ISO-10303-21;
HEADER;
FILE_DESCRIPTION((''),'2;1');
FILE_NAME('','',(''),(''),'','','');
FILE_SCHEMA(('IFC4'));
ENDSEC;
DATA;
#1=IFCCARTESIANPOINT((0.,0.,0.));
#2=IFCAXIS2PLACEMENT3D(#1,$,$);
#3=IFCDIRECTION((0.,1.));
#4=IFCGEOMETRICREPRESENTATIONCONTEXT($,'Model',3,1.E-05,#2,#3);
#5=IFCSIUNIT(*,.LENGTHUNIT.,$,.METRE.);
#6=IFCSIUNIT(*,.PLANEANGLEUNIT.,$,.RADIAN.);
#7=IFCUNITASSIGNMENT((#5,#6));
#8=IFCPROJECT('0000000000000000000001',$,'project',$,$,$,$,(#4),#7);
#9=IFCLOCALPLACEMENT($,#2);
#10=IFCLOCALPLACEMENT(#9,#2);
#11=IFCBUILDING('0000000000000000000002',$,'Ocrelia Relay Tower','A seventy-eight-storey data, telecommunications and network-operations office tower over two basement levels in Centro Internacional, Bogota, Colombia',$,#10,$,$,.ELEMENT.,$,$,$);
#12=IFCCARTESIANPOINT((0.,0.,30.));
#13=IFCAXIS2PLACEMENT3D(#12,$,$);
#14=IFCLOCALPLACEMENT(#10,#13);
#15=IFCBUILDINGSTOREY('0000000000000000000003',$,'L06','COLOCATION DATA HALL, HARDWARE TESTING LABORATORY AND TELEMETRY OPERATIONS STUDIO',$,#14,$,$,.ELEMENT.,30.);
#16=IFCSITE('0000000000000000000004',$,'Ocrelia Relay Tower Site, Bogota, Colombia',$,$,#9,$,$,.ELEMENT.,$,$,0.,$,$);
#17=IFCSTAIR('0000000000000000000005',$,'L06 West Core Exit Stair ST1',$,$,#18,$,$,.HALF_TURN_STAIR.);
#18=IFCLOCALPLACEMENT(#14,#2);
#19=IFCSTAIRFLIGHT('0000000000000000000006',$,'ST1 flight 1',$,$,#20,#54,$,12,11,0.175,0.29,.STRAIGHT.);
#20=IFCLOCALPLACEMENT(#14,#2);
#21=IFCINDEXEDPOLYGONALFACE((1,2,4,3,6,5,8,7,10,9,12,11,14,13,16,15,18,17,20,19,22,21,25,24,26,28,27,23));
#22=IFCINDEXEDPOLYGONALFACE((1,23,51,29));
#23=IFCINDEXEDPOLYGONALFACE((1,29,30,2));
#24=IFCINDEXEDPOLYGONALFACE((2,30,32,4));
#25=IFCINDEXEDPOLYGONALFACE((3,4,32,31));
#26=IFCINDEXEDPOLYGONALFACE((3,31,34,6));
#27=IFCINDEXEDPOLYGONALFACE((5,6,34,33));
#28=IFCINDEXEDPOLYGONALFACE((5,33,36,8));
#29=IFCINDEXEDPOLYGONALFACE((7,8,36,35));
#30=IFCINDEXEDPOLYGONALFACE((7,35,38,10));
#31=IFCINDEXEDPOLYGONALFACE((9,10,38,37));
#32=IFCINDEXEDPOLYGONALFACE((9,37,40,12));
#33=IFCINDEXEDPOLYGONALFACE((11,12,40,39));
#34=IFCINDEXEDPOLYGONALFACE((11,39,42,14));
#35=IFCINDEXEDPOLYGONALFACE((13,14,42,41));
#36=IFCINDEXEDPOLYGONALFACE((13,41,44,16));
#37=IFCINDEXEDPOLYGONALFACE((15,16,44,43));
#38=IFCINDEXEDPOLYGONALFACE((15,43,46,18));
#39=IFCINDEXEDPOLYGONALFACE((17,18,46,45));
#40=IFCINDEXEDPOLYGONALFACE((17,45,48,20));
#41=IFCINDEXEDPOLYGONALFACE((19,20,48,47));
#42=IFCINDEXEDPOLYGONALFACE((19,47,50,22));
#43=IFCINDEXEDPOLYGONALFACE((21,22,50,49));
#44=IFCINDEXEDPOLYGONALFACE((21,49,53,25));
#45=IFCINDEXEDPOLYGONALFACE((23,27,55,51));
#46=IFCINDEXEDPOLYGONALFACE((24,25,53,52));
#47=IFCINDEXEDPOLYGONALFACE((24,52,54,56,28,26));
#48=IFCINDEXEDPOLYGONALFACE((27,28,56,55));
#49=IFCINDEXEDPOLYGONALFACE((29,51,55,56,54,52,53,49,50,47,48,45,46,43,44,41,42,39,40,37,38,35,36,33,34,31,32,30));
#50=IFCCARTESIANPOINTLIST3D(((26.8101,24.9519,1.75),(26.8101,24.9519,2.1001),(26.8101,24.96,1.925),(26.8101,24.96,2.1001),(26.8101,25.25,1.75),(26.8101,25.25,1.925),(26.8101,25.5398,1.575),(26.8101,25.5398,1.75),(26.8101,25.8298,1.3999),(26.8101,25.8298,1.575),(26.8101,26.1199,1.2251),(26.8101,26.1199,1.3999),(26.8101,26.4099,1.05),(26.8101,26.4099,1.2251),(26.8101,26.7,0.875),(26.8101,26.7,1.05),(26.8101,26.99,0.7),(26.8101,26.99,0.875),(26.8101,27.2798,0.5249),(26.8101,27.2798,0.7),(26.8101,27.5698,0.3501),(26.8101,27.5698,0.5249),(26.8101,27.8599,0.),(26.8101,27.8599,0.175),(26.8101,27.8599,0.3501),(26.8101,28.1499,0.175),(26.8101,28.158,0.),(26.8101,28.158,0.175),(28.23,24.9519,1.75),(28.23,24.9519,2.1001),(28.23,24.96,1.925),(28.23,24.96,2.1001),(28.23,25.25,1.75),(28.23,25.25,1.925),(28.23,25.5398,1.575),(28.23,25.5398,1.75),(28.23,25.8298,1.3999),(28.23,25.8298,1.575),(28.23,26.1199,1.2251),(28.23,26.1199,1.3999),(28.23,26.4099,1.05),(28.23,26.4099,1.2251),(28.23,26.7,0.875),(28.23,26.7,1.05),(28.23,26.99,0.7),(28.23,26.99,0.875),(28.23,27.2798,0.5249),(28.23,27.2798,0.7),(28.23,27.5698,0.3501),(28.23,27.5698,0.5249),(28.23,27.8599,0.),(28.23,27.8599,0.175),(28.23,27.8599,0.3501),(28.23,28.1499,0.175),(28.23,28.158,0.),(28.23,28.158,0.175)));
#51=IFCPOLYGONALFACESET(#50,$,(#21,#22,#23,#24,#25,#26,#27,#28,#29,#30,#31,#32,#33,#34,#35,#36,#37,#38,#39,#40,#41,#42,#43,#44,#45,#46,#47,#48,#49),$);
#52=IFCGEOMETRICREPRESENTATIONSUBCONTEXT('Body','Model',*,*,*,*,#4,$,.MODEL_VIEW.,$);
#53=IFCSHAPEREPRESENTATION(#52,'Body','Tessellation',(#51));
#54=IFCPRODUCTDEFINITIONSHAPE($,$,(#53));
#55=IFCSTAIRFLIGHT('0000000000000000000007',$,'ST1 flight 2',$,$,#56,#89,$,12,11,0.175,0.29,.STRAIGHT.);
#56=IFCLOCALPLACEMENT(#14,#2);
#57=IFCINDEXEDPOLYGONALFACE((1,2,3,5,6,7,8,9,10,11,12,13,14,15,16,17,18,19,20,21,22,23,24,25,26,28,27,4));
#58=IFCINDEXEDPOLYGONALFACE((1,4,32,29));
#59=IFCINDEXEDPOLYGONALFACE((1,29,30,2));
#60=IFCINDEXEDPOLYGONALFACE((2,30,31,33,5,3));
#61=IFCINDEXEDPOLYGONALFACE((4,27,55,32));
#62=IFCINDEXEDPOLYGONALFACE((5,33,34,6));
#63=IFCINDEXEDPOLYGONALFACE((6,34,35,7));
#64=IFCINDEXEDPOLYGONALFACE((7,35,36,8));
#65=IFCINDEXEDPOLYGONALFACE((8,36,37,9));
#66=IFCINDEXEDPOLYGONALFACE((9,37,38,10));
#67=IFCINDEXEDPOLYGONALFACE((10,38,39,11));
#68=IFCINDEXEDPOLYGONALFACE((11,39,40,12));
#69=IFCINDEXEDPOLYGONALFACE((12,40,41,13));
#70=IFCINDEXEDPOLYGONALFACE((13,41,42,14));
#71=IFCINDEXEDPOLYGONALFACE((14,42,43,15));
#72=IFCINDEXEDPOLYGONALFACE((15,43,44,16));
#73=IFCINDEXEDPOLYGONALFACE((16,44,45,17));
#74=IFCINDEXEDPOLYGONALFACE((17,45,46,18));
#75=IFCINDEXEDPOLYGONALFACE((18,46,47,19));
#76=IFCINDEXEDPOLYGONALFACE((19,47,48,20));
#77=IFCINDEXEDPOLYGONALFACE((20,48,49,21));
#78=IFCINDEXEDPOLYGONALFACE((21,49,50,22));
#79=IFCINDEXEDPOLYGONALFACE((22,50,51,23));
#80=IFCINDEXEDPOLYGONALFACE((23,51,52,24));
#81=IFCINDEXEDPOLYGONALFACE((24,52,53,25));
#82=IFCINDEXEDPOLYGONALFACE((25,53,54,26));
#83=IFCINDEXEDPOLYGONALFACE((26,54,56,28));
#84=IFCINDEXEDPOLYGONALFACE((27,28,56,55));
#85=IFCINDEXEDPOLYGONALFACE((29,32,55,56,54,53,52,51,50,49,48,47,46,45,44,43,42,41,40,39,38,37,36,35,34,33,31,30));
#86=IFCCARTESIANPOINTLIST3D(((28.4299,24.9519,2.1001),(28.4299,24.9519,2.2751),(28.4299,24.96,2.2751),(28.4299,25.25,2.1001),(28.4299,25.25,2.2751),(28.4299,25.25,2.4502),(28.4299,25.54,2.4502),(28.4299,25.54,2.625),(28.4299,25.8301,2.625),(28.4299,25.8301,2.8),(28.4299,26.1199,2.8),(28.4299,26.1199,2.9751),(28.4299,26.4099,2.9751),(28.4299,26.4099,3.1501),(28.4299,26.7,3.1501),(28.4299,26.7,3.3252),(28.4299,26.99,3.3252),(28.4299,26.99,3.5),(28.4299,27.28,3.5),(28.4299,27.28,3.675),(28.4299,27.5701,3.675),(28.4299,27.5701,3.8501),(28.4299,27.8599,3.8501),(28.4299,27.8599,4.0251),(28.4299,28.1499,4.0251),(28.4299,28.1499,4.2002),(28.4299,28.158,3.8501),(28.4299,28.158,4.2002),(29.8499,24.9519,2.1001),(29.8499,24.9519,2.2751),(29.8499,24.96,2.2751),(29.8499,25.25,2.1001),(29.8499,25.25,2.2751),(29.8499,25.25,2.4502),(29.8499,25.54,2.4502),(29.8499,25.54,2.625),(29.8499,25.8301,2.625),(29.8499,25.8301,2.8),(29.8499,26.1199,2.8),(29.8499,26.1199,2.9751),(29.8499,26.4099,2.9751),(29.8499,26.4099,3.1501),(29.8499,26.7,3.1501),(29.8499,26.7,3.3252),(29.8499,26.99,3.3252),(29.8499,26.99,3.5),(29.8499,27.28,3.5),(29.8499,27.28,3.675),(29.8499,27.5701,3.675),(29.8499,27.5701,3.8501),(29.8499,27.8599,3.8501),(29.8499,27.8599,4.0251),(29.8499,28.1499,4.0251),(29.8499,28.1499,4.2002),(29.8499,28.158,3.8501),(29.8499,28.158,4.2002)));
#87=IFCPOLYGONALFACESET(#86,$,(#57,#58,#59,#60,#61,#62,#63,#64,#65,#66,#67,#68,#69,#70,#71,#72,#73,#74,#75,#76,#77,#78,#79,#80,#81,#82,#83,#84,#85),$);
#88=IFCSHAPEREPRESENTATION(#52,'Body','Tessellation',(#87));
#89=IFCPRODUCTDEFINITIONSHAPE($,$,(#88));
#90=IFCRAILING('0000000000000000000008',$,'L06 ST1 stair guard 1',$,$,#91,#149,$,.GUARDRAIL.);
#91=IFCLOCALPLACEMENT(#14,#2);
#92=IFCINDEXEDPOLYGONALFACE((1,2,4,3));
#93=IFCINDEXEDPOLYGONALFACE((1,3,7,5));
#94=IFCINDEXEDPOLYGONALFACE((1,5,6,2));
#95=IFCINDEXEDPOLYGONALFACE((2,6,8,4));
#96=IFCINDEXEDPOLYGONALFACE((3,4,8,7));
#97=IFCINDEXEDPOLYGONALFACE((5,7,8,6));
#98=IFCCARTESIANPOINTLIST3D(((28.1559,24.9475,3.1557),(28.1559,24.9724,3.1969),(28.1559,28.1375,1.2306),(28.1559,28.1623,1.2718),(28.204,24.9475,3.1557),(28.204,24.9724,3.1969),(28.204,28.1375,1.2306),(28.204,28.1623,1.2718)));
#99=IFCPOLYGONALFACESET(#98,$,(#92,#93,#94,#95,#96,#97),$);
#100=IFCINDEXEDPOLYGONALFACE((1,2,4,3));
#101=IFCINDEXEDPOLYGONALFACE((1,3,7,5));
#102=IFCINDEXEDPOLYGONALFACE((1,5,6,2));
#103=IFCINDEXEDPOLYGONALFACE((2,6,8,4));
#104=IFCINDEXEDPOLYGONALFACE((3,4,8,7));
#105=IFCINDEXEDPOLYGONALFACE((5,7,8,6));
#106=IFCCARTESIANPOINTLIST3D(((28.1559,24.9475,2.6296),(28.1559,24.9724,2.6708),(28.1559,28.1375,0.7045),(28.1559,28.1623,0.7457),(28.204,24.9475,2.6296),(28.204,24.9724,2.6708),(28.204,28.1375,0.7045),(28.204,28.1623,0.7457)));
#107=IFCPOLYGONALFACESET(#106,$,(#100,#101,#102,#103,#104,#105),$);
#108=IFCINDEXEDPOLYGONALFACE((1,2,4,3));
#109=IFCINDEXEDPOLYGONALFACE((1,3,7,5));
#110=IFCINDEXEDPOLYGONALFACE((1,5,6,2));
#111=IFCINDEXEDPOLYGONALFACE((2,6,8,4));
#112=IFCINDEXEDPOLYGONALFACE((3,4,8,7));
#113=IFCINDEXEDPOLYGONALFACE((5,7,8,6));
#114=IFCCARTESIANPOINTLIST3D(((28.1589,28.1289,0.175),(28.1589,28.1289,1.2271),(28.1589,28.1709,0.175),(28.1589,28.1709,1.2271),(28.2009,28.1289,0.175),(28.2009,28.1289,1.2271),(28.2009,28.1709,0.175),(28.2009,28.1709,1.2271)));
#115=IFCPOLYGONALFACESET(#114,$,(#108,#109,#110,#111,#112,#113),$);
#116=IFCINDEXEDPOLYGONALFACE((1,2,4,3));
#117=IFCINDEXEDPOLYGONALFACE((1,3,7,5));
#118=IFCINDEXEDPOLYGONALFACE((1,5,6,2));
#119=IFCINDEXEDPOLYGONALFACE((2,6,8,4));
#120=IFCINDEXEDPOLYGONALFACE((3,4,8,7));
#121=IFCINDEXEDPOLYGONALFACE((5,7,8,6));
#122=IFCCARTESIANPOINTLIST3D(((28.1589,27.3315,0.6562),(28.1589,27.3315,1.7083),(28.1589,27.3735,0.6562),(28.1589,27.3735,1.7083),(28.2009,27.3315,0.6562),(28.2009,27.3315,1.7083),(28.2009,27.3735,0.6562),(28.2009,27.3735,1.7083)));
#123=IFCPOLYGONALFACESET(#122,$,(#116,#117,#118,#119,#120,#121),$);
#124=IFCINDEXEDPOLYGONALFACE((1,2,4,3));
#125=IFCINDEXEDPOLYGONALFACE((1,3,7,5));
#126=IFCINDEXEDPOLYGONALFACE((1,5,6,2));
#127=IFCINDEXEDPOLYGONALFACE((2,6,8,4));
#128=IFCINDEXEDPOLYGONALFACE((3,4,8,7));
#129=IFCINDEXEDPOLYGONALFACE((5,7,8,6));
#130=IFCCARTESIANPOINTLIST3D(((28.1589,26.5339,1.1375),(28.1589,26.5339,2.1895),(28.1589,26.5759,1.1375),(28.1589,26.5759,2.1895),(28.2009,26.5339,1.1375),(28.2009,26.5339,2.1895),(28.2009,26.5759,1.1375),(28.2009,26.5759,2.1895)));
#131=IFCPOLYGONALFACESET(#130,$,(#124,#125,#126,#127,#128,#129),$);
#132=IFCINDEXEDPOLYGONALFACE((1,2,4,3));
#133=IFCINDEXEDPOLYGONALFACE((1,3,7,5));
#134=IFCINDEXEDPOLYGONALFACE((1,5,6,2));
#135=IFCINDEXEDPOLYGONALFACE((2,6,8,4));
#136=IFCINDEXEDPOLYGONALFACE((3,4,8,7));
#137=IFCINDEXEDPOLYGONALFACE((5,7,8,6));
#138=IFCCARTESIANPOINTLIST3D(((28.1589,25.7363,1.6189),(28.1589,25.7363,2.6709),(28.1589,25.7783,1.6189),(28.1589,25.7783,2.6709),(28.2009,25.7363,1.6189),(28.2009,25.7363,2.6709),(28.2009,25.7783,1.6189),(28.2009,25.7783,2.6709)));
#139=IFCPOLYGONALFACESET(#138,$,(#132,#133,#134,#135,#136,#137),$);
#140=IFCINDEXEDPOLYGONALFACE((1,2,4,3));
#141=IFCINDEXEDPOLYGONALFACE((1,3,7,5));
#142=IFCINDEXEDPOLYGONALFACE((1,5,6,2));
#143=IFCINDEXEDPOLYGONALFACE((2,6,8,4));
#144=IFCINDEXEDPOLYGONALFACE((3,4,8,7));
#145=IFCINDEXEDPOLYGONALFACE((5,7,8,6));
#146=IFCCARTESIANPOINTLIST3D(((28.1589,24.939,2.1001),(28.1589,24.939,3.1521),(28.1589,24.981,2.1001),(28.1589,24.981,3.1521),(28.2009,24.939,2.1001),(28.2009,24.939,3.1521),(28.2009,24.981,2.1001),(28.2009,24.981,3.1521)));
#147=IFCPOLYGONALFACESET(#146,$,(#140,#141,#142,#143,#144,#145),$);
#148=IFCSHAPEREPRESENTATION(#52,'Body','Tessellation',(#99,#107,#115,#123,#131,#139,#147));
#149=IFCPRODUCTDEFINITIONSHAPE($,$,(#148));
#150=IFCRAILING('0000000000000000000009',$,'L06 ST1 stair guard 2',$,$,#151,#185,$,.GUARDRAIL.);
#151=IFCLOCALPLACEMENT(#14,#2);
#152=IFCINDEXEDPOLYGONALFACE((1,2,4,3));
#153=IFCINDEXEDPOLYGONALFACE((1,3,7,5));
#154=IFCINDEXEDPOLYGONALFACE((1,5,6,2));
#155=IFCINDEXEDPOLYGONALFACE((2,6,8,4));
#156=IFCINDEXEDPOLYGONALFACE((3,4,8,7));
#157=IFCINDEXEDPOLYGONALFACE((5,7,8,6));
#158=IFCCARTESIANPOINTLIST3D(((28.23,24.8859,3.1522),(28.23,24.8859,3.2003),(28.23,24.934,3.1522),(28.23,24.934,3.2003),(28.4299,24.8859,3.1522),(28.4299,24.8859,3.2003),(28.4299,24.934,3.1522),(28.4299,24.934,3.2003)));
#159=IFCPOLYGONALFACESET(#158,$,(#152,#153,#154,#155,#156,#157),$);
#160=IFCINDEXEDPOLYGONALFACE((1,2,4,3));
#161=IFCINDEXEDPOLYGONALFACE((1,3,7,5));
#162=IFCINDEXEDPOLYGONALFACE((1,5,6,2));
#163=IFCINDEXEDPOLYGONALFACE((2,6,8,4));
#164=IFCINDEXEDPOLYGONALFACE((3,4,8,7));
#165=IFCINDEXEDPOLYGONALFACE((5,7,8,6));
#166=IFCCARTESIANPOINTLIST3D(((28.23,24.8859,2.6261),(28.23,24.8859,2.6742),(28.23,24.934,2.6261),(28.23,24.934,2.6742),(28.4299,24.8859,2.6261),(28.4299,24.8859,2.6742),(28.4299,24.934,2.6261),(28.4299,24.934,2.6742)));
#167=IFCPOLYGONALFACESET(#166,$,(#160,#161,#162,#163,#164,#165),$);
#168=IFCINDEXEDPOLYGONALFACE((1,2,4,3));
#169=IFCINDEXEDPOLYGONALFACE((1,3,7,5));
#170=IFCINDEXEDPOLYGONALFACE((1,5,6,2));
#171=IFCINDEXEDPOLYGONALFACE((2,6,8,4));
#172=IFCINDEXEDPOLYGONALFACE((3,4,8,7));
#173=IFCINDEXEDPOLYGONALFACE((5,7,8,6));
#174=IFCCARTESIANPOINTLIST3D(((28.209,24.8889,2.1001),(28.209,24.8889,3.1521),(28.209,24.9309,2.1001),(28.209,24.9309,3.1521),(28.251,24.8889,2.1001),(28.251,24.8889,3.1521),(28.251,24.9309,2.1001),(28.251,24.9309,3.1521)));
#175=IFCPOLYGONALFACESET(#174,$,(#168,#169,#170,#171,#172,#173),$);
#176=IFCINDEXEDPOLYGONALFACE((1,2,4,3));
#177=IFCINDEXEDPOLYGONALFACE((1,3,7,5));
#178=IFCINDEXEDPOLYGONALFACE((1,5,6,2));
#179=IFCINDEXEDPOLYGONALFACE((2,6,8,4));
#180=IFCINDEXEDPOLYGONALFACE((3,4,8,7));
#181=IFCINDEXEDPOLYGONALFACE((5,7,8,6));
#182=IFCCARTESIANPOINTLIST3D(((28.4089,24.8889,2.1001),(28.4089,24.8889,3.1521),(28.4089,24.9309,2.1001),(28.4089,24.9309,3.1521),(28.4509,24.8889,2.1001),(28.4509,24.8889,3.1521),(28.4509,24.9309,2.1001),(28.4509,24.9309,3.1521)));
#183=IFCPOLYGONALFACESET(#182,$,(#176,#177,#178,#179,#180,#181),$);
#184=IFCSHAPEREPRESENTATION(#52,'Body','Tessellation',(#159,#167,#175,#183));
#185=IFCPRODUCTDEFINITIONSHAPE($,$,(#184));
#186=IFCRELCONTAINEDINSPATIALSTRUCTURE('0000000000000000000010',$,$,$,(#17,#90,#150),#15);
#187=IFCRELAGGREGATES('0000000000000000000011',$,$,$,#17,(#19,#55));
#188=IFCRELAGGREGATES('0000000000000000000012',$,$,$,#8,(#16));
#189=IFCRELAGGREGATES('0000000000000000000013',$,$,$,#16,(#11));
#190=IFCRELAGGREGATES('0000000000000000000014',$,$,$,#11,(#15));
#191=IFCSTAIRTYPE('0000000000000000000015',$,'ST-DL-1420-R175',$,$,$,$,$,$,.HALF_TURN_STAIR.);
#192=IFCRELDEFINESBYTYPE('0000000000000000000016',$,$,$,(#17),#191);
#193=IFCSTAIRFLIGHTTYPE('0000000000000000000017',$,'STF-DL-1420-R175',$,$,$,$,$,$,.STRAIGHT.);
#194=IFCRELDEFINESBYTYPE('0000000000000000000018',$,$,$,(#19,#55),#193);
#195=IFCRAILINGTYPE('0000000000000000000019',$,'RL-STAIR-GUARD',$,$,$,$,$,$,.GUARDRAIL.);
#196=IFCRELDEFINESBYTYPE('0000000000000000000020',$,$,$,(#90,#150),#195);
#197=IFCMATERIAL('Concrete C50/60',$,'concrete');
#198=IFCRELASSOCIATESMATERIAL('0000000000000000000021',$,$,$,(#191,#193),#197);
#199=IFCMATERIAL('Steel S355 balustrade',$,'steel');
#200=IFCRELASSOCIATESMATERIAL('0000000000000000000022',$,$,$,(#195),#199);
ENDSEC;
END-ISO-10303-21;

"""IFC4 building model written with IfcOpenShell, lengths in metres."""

from ifc_helpers import new_model, si_unit, direction, frame, origin, origin_2d, place, context, subcontext, project, spatial, polyline, rectangle, outline, extrude, material, type_object, element, aggregate, save


model = new_model("IFC4")

# Units and contexts
model_context = context("Model", 3, precision=1e-05, world=origin(), true_north=direction((0.0, 1.0)))
body_context = subcontext(model_context, "Body", "Model", "MODEL_VIEW")
ifc_project = project(units=[si_unit("LENGTHUNIT", "METRE"), si_unit("PLANEANGLEUNIT", "RADIAN")], contexts=[model_context])

# Site, building, storey
site_placement = place(None, origin())
site = spatial("IfcSite", under=ifc_project, at=site_placement, Name="Ocrelia Relay Tower Site, Bogota, Colombia", CompositionType="ELEMENT", RefElevation=0.0)
building_placement = place(site_placement, origin())
building = spatial("IfcBuilding", under=site, at=building_placement, Name="Ocrelia Relay Tower", Description="A seventy-eight-storey data, telecommunications and network-operations office tower over two basement levels in Centro Internacional, Bogota, Colombia", CompositionType="ELEMENT")
storey_placement = place(building_placement, frame((0.0, 0.0, 30.0)))
storey = spatial("IfcBuildingStorey", under=building, at=storey_placement, Name="L06", Description="COLOCATION DATA HALL, HARDWARE TESTING LABORATORY AND TELEMETRY OPERATIONS STUDIO", CompositionType="ELEMENT", Elevation=30.0)

# Shared definitions
ifc_material_1 = material(Name="Concrete C50/60", Category="concrete")

# Stair, stair flights
stair_type = type_object("IfcStairType", Name="ST-DL-1420-R175", PredefinedType="HALF_TURN_STAIR", material=ifc_material_1)
stair_placement = place(storey_placement, origin())
stair = element("IfcStair", 1, at=stair_placement, inside=storey, type_object=stair_type, Name="L06 West Core Exit Stair ST1", PredefinedType="HALF_TURN_STAIR")
stair_flight_type = type_object("IfcStairFlightType", Name="STF-DL-1420-R175", PredefinedType="STRAIGHT", material=ifc_material_1)
stair_flight_1_placement = place(storey_placement, frame((27.52, 28.1499, 0.0), z_axis=(0.0, 0.0, 1.0), x_axis=(0.0, -1.0, 0.0)))
stair_flight_1 = element("IfcStairFlight", 2, at=stair_flight_1_placement, type_object=stair_flight_type, Name="ST1 flight 1", NumberOfRisers=12, NumberOfTreads=11, PredefinedType="STRAIGHT", RiserHeight=0.175, TreadLength=0.29, context=body_context, shape_type="SweptSolid", body=[
    extrude(outline(polyline([(-0.0081, 0.0), (-0.0081, 0.175), (0.0, 0.175), (0.29, 0.175), (0.29, 0.3501), (0.5801, 0.3501), (0.5801, 0.5249), (0.8701, 0.5249), (0.8701, 0.7), (1.1599, 0.7), (1.1599, 0.875), (1.45, 0.875), (1.45, 1.05), (1.74, 1.05), (1.74, 1.2251), (2.03, 1.2251), (2.03, 1.3999), (2.3201, 1.3999), (2.3201, 1.575), (2.6101, 1.575), (2.6101, 1.75), (2.8999, 1.75), (2.8999, 1.925), (3.1899, 1.925), (3.1899, 2.1001), (3.198, 2.1001), (3.198, 1.75), (0.29, 0.0), (-0.0081, 0.0)])), frame((0.0, 0.71, 0.0), z_axis=(0.0, -1.0, 0.0), x_axis=(1.0, 0.0, 0.0)), (0.0, 0.0, 1.0), 1.4199),
])
stair_flight_2_placement = place(storey_placement, frame((29.1399, 24.96, 2.1001), z_axis=(0.0, 0.0, 1.0), x_axis=(0.0, 1.0, 0.0)))
stair_flight_2 = element("IfcStairFlight", 3, at=stair_flight_2_placement, type_object=stair_flight_type, Name="ST1 flight 2", NumberOfRisers=12, NumberOfTreads=11, PredefinedType="STRAIGHT", RiserHeight=0.175, TreadLength=0.29, context=body_context, shape_type="SweptSolid", body=[
    extrude(outline(polyline([(-0.0081, 0.0), (-0.0081, 0.175), (0.0, 0.175), (0.29, 0.175), (0.29, 0.3501), (0.5801, 0.3501), (0.5801, 0.5249), (0.8701, 0.5249), (0.8701, 0.7), (1.1599, 0.7), (1.1599, 0.875), (1.45, 0.875), (1.45, 1.05), (1.74, 1.05), (1.74, 1.2251), (2.03, 1.2251), (2.03, 1.3999), (2.3201, 1.3999), (2.3201, 1.575), (2.6101, 1.575), (2.6101, 1.75), (2.8999, 1.75), (2.8999, 1.925), (3.1899, 1.925), (3.1899, 2.1001), (3.198, 2.1001), (3.198, 1.75), (0.29, 0.0), (-0.0081, 0.0)])), frame((0.0, 0.71, 0.0), z_axis=(0.0, -1.0, 0.0), x_axis=(1.0, 0.0, 0.0)), (0.0, 0.0, 1.0), 1.4199),
])
aggregate(stair, [stair_flight_1, stair_flight_2])

# Railings
ifc_material_2 = material(Name="Steel S355 balustrade", Category="steel")
railing_type_1 = type_object("IfcRailingType", Name="RL-STAIR-GUARD", PredefinedType="GUARDRAIL", material=ifc_material_2)
railing_1_placement = place(storey_placement, frame((28.1799, 28.1499, 0.175)))
element("IfcRailing", 4, at=railing_1_placement, inside=storey, type_object=railing_type_1, Name="L06 ST1 stair guard 1", PredefinedType="GUARDRAIL", context=body_context, shape_type="SweptSolid", body=[
    extrude(rectangle(XDim=0.0481, YDim=0.0481, at=origin_2d()), frame((0.0, 0.0, 1.0762), z_axis=(0.0, -0.856178, 0.516682), x_axis=(1.0, 0.0, 0.0)), (0.0, 0.0, 1.0), 3.7258),
    extrude(rectangle(XDim=0.0481, YDim=0.0481, at=origin_2d()), frame((0.0, 0.0, 0.55), z_axis=(0.0, -0.856178, 0.516682), x_axis=(1.0, 0.0, 0.0)), (0.0, 0.0, 1.0), 3.7258),
    extrude(rectangle(XDim=0.042, YDim=0.042, at=origin_2d()), origin(), (0.0, 0.0, 1.0), 1.052),
    extrude(rectangle(XDim=0.042, YDim=0.042, at=origin_2d()), frame((0.0, -0.7974, 0.4812)), (0.0, 0.0, 1.0), 1.052),
    extrude(rectangle(XDim=0.042, YDim=0.042, at=origin_2d()), frame((0.0, -1.595, 0.9624)), (0.0, 0.0, 1.0), 1.052),
    extrude(rectangle(XDim=0.042, YDim=0.042, at=origin_2d()), frame((0.0, -2.3926, 1.4438)), (0.0, 0.0, 1.0), 1.052),
    extrude(rectangle(XDim=0.042, YDim=0.042, at=origin_2d()), frame((0.0, -3.1899, 1.925)), (0.0, 0.0, 1.0), 1.052),
])
railing_2_placement = place(storey_placement, frame((28.23, 24.9099, 2.1001)))
element("IfcRailing", 5, at=railing_2_placement, inside=storey, type_object=railing_type_1, Name="L06 ST1 stair guard 2", PredefinedType="GUARDRAIL", context=body_context, shape_type="SweptSolid", body=[
    extrude(rectangle(XDim=0.0481, YDim=0.0481, at=origin_2d()), frame((0.0, 0.0, 1.0762), z_axis=(1.0, 0.0, 0.0), x_axis=(0.0, 1.0, 0.0)), (0.0, 0.0, 1.0), 0.2),
    extrude(rectangle(XDim=0.0481, YDim=0.0481, at=origin_2d()), frame((0.0, 0.0, 0.55), z_axis=(1.0, 0.0, 0.0), x_axis=(0.0, 1.0, 0.0)), (0.0, 0.0, 1.0), 0.2),
    extrude(rectangle(XDim=0.042, YDim=0.042, at=origin_2d()), origin(), (0.0, 0.0, 1.0), 1.052),
    extrude(rectangle(XDim=0.042, YDim=0.042, at=origin_2d()), frame((0.2, 0.0, 0.0)), (0.0, 0.0, 1.0), 1.052),
])

save(model, "model.ifc")
